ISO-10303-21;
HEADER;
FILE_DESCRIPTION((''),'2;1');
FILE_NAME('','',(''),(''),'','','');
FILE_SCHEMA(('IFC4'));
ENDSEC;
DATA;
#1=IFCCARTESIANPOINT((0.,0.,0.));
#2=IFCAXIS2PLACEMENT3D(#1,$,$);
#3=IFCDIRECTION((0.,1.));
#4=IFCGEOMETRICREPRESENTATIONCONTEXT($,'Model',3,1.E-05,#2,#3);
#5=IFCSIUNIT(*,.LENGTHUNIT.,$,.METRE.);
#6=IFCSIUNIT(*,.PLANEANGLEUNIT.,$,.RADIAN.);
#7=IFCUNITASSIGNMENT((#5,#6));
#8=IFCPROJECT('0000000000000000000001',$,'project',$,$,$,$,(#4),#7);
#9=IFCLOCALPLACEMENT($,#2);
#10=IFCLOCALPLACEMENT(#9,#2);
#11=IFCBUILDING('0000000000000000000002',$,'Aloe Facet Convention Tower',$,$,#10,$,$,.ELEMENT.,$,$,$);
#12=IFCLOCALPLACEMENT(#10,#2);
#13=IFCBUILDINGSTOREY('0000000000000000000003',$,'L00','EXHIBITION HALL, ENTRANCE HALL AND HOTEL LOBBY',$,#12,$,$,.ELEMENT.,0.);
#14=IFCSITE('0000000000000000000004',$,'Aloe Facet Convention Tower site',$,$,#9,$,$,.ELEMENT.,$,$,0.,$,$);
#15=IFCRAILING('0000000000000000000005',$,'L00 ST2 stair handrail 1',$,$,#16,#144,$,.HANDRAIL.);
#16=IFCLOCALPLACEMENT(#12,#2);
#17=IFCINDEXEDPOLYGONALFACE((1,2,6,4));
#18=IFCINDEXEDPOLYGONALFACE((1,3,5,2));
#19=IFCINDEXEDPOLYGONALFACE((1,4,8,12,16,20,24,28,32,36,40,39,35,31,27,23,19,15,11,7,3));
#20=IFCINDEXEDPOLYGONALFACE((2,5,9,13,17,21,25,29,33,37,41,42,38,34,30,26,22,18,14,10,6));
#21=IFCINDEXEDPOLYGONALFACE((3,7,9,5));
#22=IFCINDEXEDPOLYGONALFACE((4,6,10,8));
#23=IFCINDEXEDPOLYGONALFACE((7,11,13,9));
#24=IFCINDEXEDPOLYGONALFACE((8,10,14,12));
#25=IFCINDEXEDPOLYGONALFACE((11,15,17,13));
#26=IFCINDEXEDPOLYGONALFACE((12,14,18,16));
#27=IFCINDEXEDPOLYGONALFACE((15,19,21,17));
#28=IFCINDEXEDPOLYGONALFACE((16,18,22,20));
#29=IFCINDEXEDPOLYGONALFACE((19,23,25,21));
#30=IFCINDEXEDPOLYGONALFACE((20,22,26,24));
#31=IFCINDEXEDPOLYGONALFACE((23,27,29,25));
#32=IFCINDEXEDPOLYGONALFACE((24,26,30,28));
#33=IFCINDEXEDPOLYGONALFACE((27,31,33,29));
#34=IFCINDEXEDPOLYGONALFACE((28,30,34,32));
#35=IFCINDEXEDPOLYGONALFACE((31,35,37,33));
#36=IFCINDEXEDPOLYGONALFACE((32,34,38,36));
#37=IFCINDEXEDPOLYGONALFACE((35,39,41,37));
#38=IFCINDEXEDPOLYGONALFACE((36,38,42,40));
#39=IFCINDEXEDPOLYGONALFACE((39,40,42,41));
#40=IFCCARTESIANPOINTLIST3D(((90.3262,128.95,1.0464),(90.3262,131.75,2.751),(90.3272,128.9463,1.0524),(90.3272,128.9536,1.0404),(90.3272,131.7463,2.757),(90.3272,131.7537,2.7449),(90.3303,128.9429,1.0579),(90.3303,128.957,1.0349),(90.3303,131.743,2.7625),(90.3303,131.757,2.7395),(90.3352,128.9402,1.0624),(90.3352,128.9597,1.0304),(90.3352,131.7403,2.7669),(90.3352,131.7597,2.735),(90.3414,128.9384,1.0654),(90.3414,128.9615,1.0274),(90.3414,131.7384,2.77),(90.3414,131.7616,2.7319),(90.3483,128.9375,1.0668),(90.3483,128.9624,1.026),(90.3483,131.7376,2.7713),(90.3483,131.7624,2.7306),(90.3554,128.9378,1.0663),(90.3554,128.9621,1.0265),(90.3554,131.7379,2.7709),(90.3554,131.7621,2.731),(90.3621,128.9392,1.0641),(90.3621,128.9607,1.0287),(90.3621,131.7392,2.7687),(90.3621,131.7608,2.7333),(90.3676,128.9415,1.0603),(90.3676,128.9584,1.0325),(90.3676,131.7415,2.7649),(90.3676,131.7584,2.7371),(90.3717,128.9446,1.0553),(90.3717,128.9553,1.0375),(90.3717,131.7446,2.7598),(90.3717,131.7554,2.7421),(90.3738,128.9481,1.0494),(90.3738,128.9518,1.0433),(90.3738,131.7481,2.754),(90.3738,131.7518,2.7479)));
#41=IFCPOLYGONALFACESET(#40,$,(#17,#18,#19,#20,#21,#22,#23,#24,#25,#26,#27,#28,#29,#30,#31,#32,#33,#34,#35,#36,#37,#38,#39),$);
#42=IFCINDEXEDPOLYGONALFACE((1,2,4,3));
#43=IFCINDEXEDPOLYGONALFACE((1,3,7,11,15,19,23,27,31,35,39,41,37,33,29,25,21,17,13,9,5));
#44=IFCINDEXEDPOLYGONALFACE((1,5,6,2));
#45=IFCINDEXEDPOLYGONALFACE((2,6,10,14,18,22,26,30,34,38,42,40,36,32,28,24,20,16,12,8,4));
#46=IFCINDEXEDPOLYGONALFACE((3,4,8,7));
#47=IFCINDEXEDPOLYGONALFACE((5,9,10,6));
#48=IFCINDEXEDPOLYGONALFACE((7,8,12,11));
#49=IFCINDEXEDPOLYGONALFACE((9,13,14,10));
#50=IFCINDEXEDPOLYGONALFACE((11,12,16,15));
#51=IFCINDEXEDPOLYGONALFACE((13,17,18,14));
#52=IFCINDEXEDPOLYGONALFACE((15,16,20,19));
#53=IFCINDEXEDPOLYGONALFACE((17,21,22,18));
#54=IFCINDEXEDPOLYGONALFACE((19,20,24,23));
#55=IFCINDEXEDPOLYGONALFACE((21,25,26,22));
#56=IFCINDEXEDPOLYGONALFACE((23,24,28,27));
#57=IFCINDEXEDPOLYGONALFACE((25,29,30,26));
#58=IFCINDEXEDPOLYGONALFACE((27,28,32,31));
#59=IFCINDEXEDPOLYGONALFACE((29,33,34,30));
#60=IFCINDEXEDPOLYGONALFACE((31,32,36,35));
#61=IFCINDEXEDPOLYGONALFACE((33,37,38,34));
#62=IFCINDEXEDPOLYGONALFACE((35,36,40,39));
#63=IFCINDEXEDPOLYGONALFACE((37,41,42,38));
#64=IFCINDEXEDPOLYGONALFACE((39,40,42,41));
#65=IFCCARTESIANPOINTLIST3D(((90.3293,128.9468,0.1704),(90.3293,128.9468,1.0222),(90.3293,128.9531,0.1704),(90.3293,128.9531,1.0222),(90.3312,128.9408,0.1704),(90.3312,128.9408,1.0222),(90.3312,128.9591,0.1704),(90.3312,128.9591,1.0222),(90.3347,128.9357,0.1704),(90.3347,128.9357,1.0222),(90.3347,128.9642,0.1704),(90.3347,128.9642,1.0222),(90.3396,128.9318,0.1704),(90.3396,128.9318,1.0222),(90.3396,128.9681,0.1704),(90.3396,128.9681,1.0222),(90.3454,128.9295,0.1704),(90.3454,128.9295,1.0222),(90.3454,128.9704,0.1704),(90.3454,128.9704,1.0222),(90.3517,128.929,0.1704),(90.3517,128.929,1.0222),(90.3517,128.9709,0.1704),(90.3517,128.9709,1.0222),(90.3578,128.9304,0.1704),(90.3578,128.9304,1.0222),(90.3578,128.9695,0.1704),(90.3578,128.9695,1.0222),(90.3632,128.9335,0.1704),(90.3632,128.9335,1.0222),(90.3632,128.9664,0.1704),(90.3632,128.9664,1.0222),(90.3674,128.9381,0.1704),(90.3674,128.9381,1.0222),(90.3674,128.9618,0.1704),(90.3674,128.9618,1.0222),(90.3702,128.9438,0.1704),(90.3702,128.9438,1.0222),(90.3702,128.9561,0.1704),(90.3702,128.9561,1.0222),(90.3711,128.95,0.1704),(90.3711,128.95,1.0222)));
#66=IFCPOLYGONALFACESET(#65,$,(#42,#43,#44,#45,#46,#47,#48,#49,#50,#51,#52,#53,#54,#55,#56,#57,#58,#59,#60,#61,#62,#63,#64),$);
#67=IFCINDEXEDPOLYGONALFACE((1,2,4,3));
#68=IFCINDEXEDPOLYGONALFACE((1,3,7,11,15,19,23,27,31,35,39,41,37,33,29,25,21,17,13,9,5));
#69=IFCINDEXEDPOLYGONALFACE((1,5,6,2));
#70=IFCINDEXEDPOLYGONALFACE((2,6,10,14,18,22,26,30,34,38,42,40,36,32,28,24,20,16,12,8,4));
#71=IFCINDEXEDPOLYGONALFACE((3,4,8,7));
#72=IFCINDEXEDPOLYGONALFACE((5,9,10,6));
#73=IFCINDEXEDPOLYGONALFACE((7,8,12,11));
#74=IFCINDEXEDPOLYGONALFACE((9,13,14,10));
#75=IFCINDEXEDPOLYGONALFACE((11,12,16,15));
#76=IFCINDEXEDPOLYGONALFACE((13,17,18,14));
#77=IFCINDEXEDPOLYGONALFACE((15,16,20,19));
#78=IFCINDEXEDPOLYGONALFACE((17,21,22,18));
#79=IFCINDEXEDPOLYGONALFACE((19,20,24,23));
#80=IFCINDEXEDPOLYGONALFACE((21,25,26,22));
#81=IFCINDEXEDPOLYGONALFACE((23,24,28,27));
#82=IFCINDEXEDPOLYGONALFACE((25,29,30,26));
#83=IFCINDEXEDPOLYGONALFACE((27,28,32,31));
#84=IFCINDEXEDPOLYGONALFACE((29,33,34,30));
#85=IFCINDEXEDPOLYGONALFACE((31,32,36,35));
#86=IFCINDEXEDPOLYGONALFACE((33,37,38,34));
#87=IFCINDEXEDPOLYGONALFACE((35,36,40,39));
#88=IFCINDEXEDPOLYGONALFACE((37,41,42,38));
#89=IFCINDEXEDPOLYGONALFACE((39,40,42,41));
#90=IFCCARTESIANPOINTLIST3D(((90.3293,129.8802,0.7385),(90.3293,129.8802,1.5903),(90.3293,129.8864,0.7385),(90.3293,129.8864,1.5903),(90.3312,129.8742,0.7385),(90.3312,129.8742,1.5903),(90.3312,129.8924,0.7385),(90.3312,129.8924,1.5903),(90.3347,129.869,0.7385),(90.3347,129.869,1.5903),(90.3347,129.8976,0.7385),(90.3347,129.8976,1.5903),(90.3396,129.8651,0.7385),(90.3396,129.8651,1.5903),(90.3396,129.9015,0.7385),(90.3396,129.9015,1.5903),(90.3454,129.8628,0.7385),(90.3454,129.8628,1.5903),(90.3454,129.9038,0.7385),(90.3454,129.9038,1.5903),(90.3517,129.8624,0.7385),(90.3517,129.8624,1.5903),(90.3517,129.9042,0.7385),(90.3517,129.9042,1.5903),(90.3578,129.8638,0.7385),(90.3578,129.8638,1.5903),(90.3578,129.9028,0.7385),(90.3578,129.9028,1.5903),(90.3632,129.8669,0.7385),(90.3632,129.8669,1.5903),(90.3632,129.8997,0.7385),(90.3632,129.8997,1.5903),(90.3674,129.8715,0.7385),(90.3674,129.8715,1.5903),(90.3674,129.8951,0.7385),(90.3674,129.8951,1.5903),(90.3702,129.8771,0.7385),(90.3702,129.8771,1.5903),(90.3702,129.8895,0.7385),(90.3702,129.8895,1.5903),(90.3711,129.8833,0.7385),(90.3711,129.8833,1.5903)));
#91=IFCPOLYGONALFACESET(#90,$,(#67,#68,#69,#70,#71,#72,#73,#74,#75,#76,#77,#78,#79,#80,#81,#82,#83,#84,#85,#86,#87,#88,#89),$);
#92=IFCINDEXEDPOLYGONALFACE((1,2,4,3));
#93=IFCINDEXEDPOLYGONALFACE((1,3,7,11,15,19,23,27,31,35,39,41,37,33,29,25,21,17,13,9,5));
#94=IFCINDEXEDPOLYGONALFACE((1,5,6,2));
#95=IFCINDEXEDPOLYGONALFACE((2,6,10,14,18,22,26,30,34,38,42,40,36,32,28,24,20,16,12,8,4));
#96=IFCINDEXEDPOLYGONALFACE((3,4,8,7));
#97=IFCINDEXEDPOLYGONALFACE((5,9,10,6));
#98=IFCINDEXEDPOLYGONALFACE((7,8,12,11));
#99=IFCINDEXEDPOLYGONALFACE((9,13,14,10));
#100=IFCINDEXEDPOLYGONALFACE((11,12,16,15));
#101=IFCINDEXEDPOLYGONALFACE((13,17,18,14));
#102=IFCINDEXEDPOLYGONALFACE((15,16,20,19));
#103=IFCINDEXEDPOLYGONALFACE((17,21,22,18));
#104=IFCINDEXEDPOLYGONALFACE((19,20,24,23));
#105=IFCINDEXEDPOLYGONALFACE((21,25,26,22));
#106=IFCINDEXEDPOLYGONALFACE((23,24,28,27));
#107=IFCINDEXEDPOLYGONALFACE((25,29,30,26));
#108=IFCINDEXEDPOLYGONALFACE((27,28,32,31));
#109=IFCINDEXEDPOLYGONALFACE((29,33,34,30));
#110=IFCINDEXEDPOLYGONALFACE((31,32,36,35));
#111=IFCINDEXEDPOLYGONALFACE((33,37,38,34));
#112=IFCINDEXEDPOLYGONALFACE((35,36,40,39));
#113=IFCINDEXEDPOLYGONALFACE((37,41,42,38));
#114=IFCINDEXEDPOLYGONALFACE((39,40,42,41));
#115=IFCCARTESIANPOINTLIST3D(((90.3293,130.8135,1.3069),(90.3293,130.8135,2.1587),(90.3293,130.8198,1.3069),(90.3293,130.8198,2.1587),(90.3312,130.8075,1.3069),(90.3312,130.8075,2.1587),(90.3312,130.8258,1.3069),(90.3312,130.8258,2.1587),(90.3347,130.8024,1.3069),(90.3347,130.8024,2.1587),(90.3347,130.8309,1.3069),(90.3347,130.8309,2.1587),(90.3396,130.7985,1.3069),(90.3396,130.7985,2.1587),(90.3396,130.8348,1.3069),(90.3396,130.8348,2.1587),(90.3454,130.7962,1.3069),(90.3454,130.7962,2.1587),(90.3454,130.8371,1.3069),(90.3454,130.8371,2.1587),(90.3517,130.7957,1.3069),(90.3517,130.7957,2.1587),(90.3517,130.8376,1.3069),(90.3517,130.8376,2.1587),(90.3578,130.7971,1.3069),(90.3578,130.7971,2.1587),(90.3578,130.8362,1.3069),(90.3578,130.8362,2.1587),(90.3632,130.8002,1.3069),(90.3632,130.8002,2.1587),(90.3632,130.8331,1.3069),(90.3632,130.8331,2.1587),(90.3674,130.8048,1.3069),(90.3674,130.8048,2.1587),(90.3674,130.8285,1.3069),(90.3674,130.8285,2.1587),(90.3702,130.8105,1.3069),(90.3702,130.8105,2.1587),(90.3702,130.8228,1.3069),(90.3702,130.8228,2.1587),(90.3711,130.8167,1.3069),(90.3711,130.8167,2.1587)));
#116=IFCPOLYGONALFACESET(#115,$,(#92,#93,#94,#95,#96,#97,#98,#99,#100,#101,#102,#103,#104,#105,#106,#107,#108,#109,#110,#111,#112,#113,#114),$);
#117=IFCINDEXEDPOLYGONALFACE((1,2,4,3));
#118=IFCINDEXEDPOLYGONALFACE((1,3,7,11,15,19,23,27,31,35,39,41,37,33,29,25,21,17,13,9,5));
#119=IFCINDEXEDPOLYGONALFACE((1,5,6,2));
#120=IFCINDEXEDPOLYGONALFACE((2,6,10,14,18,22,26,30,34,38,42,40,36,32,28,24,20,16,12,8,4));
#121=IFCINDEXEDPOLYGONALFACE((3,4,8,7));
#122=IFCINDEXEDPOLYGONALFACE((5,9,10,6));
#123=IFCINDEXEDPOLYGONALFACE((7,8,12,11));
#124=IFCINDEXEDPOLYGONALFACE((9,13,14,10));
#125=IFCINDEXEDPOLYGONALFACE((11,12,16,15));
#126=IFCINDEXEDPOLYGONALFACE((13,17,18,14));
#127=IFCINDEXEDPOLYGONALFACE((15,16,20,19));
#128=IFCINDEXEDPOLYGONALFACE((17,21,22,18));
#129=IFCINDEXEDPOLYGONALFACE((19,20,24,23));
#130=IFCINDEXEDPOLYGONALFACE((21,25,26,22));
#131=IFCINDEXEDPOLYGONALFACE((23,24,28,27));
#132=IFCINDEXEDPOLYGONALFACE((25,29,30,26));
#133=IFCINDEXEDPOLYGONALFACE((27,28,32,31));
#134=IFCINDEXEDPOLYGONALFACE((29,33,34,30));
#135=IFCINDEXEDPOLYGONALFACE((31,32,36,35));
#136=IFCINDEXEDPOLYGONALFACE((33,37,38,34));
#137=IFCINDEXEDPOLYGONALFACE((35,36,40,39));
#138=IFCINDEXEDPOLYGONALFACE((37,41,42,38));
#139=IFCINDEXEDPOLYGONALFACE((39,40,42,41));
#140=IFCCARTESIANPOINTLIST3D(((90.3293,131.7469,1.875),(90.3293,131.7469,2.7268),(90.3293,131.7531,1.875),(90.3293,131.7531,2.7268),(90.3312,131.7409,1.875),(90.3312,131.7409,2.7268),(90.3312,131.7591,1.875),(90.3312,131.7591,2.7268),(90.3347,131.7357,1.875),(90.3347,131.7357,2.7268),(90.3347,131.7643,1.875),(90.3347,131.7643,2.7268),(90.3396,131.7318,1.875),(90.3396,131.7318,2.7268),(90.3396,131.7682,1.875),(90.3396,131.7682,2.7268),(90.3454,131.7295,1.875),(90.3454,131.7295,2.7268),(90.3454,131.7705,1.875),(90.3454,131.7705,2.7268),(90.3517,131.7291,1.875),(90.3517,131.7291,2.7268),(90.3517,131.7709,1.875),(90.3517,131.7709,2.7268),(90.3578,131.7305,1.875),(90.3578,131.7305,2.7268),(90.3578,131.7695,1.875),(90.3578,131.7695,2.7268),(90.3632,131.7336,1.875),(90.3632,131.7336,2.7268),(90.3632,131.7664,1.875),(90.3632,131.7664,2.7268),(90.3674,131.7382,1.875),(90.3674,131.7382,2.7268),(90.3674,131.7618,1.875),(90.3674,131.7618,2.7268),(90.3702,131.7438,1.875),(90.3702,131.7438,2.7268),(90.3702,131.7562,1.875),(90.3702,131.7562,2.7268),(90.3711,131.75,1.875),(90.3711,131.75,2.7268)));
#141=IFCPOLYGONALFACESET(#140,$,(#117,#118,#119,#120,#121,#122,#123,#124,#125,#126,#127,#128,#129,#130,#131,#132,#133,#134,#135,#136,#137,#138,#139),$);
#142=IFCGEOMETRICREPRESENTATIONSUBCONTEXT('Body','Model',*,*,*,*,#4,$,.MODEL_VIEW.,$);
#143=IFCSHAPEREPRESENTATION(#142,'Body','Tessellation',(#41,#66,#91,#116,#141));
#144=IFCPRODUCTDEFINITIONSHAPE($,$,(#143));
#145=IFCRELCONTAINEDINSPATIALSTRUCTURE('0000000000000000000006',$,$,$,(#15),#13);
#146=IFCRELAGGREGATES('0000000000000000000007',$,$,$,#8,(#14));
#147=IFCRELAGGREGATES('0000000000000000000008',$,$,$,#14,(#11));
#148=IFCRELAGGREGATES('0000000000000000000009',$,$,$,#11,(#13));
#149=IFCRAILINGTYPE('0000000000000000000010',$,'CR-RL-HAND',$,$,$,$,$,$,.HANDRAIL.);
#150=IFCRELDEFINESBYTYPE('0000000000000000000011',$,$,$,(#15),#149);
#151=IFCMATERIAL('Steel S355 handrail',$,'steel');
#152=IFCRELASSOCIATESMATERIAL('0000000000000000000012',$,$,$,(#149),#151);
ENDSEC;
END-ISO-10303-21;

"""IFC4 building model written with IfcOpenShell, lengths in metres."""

from ifc_helpers import new_model, si_unit, direction, frame, origin, origin_2d, place, context, subcontext, project, spatial, circle, extrude, material, type_object, element, save


model = new_model("IFC4")

# Units and contexts
model_context = context("Model", 3, precision=1e-05, world=origin(), true_north=direction((0.0, 1.0)))
body_context = subcontext(model_context, "Body", "Model", "MODEL_VIEW")
ifc_project = project(units=[si_unit("LENGTHUNIT", "METRE"), si_unit("PLANEANGLEUNIT", "RADIAN")], contexts=[model_context])

# Site, building, storey
site_placement = place(None, origin())
site = spatial("IfcSite", under=ifc_project, at=site_placement, Name="Aloe Facet Convention Tower site", CompositionType="ELEMENT", RefElevation=0.0)
building_placement = place(site_placement, origin())
building = spatial("IfcBuilding", under=site, at=building_placement, Name="Aloe Facet Convention Tower", CompositionType="ELEMENT")
storey_placement = place(building_placement, origin())
storey = spatial("IfcBuildingStorey", under=building, at=storey_placement, Name="L00", Description="EXHIBITION HALL, ENTRANCE HALL AND HOTEL LOBBY", CompositionType="ELEMENT", Elevation=0.0)

# Railing
ifc_material_1 = material(Name="Steel S355 handrail", Category="steel")
railing_type_1 = type_object("IfcRailingType", Name="CR-RL-HAND", PredefinedType="HANDRAIL", material=ifc_material_1)
for number, where, name in (
    (1, (90.3501, 128.95, 0.1704), "L00 ST2 stair handrail 1"),
):
    element("IfcRailing", number, at=place(storey_placement, frame(where)), inside=storey, type_object=railing_type_1, Name=name, PredefinedType="HANDRAIL", context=body_context, shape_type="SweptSolid", body=[
        extrude(circle(Radius=0.0239, at=origin_2d()), frame((0.0, 0.0, 0.876), z_axis=(0.0, 0.85417, 0.519994), x_axis=(-1.0, 0.0, 0.0)), (0.0, 0.0, 1.0), 3.2781),
        extrude(circle(Radius=0.021, at=origin_2d()), origin(), (0.0, 0.0, 1.0), 0.8518),
        extrude(circle(Radius=0.021, at=origin_2d()), frame((0.0, 0.9333, 0.5681)), (0.0, 0.0, 1.0), 0.8518),
        extrude(circle(Radius=0.021, at=origin_2d()), frame((0.0, 1.8667, 1.1365)), (0.0, 0.0, 1.0), 0.8518),
        extrude(circle(Radius=0.021, at=origin_2d()), frame((0.0, 2.8, 1.7046)), (0.0, 0.0, 1.0), 0.8518),
    ])

save(model, "model.ifc")
